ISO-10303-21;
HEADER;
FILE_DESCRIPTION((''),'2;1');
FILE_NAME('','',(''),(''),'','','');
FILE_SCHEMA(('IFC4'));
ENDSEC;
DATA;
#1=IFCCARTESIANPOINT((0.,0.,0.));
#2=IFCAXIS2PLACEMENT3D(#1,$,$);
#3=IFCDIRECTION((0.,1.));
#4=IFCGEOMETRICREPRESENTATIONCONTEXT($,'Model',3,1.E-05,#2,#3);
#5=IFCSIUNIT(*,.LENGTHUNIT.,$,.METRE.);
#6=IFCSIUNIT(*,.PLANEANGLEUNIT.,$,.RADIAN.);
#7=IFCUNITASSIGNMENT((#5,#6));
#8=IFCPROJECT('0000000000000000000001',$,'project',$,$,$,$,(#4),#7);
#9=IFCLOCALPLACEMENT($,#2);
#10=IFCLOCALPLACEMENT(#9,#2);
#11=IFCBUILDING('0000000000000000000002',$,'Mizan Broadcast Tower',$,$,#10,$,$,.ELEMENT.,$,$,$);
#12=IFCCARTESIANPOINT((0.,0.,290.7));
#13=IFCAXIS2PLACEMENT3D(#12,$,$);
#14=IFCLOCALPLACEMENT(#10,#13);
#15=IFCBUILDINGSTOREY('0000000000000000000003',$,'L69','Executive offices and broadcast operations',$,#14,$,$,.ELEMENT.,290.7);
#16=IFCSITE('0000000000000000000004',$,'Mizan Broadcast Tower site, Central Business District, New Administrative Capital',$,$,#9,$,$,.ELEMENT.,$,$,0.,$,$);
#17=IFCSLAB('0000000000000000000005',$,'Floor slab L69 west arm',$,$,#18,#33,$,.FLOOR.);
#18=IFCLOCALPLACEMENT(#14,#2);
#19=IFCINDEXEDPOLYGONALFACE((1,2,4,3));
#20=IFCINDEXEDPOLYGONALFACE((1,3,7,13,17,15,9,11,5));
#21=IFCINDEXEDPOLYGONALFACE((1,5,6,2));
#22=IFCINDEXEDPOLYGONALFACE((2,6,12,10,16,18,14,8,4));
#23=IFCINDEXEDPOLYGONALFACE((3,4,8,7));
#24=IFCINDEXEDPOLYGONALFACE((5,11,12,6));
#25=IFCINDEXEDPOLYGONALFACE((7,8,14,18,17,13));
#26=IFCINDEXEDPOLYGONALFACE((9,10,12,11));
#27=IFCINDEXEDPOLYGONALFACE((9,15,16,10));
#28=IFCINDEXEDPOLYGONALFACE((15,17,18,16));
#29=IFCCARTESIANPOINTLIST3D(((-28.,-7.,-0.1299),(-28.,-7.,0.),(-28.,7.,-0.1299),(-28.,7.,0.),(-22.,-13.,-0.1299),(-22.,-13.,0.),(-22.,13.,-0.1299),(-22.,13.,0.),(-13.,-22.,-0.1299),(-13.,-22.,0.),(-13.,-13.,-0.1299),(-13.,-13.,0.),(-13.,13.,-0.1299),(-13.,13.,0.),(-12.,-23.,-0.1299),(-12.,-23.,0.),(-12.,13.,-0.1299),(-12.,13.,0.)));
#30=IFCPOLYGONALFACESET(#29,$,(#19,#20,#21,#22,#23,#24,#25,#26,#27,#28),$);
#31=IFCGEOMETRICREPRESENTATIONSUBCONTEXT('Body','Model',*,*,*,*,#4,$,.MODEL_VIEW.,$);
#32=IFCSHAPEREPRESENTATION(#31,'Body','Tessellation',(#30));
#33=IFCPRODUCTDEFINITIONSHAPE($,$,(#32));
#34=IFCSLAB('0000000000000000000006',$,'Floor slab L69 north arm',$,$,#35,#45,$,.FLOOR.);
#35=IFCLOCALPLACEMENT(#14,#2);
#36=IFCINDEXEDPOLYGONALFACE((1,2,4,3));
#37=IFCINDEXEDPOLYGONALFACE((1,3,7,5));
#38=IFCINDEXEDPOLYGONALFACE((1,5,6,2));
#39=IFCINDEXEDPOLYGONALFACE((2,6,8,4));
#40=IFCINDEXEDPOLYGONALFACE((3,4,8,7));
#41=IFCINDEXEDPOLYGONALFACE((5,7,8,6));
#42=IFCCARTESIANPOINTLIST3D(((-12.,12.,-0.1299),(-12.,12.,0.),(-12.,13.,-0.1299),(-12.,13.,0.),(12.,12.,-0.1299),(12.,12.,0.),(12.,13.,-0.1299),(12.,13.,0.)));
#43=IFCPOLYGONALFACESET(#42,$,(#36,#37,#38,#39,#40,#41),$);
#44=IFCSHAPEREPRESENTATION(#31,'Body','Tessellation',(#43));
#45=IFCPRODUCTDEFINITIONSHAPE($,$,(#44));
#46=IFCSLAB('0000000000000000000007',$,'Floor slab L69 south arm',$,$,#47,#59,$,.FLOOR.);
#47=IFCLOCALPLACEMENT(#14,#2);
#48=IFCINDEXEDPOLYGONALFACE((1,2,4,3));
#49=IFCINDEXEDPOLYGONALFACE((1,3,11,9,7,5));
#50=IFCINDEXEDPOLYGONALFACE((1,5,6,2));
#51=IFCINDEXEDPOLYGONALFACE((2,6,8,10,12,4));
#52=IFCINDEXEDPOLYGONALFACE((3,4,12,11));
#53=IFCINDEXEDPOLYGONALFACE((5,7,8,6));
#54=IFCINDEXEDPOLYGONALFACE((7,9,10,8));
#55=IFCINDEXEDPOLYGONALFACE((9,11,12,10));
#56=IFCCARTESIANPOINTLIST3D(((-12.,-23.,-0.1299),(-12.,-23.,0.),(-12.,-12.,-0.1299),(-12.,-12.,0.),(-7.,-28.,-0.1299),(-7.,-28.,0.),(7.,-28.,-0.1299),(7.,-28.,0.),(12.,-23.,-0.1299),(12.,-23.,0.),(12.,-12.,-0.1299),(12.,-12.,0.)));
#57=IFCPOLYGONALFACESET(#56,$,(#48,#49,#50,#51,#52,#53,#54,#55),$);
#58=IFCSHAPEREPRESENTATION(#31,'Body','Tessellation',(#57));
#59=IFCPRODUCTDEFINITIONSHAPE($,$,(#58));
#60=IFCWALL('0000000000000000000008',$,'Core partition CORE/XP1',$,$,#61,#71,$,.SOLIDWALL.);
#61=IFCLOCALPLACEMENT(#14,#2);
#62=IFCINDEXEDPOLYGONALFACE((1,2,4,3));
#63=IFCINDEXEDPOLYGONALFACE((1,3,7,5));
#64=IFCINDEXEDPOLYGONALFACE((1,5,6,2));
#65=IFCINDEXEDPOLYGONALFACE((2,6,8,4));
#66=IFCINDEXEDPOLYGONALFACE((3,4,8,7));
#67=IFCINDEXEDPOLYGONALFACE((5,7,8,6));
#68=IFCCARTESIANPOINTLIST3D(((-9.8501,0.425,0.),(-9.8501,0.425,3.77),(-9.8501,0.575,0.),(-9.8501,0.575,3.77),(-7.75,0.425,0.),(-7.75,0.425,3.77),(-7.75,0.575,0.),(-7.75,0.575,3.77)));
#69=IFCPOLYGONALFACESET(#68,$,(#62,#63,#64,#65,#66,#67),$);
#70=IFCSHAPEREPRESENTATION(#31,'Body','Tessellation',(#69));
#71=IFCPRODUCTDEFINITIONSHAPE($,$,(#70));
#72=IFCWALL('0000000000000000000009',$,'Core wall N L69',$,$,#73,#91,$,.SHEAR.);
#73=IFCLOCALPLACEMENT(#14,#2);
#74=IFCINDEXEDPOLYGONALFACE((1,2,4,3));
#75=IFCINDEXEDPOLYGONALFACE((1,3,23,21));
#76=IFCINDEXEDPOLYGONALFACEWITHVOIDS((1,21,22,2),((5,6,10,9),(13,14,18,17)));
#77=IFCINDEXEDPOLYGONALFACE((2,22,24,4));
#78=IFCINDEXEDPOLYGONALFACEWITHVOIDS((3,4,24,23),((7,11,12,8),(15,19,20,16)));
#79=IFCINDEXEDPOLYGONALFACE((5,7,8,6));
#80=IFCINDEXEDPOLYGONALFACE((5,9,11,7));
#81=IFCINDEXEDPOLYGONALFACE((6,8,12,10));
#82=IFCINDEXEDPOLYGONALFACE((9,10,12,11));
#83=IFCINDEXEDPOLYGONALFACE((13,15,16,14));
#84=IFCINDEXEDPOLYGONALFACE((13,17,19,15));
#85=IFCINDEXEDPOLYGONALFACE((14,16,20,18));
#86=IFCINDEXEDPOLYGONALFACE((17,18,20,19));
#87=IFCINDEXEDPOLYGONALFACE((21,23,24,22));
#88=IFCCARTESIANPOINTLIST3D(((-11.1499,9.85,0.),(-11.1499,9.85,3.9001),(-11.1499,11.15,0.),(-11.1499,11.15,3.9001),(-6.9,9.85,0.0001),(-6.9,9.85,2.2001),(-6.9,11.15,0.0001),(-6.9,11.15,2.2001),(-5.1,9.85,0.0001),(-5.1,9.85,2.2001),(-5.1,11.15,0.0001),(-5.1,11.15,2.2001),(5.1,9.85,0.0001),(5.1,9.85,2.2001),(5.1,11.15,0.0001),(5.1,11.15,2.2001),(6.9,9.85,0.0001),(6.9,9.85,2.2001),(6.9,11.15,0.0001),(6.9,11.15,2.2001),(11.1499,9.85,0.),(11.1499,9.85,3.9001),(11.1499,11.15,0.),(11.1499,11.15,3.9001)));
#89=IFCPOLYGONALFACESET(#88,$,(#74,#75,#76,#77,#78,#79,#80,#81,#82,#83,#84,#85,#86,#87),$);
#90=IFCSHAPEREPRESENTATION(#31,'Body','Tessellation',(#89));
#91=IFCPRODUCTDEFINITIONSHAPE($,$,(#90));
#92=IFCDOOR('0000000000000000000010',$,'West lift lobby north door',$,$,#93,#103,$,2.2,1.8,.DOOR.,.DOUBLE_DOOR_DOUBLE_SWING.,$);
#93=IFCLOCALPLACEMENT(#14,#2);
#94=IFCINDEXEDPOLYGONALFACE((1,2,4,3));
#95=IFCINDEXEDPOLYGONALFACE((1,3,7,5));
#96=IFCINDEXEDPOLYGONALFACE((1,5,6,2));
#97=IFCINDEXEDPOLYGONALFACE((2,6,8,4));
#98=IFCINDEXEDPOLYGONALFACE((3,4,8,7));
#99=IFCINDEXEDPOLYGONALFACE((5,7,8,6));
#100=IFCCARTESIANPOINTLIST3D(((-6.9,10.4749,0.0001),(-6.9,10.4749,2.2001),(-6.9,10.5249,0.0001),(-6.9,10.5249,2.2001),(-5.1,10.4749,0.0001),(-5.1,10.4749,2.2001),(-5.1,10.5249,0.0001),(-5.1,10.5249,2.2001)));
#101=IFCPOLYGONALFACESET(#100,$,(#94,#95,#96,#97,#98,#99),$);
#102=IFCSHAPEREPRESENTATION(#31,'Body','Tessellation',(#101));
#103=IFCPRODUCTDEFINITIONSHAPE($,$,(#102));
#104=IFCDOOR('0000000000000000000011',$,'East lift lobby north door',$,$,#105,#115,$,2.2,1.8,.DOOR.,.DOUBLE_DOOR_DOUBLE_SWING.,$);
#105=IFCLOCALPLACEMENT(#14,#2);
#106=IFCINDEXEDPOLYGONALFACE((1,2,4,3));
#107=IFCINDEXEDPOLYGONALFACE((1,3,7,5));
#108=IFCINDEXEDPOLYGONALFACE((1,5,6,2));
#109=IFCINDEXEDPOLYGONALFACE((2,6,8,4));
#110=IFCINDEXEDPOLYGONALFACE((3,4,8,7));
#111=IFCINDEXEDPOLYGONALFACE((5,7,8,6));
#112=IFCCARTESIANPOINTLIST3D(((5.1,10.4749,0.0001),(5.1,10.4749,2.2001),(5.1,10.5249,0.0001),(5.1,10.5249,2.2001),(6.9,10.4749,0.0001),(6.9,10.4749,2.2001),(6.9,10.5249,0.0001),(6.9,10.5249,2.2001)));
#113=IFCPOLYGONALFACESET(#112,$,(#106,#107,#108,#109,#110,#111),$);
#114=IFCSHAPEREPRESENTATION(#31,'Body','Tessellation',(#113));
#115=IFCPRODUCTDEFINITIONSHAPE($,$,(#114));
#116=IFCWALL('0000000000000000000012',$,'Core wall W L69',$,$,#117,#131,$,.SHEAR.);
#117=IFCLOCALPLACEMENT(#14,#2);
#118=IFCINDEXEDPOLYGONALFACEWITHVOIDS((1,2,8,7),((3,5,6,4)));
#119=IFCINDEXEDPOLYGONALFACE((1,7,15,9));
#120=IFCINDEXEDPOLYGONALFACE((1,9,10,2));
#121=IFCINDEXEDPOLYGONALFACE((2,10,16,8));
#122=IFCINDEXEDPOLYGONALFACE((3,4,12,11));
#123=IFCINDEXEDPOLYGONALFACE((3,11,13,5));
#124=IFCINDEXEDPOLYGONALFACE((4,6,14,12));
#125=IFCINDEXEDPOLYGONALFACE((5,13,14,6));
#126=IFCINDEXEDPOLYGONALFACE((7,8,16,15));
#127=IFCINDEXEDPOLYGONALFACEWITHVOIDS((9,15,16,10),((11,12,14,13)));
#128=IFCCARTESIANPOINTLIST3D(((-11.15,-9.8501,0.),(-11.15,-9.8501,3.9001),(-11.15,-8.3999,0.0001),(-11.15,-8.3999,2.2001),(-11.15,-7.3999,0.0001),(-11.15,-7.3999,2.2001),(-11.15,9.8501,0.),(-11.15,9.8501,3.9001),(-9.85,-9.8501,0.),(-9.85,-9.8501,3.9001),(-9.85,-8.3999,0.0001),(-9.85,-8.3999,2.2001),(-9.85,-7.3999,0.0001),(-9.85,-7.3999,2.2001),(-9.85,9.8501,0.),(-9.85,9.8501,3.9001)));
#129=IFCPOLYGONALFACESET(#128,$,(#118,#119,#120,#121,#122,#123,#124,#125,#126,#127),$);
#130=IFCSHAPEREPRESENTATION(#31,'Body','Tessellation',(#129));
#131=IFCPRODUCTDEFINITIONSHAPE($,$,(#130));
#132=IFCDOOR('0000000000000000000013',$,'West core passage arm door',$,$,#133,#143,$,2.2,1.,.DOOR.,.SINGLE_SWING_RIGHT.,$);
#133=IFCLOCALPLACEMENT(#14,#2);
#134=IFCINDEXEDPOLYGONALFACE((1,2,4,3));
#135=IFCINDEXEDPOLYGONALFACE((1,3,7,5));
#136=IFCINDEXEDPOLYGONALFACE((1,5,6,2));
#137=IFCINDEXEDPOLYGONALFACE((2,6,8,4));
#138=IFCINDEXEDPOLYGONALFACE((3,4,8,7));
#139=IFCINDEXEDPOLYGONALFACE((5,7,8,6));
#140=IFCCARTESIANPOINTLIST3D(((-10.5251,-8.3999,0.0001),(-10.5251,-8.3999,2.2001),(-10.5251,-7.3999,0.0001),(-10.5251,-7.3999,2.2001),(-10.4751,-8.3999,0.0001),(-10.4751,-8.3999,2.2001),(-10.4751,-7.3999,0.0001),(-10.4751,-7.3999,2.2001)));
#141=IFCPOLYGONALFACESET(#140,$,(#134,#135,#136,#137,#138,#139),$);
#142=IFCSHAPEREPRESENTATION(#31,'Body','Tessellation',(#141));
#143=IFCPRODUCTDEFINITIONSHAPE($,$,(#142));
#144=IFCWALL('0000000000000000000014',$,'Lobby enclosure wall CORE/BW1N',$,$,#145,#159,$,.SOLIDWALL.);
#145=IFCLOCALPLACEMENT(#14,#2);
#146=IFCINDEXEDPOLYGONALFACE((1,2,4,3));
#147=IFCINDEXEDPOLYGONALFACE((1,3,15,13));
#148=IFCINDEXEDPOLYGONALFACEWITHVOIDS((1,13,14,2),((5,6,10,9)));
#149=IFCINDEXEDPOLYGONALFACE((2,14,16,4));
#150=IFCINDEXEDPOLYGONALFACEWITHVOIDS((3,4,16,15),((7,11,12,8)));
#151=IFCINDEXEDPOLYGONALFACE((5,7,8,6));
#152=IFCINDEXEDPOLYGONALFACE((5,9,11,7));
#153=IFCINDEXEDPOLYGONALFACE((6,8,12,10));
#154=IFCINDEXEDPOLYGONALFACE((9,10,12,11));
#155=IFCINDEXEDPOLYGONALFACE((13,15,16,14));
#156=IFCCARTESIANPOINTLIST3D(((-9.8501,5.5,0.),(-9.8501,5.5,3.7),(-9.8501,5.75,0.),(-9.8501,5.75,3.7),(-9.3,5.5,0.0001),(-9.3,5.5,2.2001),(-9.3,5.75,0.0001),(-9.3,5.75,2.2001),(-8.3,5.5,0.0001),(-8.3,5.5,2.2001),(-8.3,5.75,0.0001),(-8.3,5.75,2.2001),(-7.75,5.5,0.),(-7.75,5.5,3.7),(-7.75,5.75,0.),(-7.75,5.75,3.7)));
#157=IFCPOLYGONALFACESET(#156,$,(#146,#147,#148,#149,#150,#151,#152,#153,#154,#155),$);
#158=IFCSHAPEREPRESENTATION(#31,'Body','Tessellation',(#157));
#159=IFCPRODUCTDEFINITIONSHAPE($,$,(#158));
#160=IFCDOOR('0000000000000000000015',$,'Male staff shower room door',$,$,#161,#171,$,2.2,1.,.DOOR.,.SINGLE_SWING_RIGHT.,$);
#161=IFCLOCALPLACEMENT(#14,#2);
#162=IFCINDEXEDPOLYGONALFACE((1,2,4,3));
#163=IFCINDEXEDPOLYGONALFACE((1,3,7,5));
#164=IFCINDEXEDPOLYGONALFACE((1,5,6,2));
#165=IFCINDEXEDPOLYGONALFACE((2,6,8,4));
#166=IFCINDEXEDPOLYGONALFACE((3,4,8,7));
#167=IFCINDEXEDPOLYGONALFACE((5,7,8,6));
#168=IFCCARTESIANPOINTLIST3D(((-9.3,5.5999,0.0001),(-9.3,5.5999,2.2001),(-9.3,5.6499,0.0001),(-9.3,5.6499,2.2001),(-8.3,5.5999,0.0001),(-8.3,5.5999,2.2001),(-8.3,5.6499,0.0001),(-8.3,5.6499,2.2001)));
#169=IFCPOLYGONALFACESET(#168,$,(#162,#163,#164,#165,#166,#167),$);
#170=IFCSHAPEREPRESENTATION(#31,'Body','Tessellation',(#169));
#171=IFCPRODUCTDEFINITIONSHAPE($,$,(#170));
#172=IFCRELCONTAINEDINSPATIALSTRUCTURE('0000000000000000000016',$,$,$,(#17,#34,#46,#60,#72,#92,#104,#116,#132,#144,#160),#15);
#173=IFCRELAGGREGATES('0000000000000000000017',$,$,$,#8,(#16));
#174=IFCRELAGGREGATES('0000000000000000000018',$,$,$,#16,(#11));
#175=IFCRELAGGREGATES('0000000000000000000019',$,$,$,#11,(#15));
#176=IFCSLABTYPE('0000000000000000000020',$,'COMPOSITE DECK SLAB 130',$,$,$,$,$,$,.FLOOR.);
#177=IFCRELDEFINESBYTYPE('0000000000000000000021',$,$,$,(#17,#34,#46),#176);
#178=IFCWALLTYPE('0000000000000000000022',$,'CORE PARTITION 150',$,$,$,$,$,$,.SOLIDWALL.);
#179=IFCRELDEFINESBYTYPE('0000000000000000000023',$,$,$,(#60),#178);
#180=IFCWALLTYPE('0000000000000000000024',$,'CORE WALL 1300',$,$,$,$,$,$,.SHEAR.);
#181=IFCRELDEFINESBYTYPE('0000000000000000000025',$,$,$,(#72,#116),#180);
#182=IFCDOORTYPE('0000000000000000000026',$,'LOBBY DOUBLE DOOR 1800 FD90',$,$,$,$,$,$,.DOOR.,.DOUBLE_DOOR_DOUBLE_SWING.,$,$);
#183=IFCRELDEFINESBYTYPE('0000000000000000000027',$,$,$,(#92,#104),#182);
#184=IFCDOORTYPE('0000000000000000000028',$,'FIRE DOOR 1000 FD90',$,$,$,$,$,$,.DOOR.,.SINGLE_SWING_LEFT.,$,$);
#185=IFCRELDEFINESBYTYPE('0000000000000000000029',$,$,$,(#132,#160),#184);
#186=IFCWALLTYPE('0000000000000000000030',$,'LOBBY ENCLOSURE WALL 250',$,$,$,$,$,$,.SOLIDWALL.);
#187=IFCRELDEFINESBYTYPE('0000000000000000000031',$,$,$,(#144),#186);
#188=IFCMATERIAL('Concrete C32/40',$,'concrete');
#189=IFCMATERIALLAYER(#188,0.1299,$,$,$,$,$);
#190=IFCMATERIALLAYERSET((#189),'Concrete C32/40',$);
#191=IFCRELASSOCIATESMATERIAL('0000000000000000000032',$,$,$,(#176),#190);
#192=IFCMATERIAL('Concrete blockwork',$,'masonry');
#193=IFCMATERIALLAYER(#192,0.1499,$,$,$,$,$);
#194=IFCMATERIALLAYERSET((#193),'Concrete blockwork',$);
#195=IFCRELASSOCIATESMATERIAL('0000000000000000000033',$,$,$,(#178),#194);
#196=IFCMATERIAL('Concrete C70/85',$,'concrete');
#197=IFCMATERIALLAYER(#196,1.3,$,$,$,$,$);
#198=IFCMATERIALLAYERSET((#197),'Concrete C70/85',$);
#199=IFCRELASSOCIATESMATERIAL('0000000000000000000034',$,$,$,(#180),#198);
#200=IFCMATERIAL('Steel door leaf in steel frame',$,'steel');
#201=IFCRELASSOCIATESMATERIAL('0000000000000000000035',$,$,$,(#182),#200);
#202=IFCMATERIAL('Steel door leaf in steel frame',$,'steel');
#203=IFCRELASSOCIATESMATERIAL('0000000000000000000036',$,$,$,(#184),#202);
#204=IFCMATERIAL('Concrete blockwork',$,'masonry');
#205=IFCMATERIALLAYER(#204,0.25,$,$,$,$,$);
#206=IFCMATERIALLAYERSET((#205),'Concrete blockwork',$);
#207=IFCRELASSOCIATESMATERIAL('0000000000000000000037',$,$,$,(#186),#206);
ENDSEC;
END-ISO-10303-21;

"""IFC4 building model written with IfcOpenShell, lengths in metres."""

from ifc_helpers import new_model, si_unit, direction, frame, frame_2d, origin, place, context, subcontext, project, spatial, polyline, rectangle, outline, extrude, material, layer, layer_set, type_object, element, fill, save


model = new_model("IFC4")

# Units and contexts
model_context = context("Model", 3, precision=1e-05, world=origin(), true_north=direction((0.0, 1.0)))
body_context = subcontext(model_context, "Body", "Model", "MODEL_VIEW")
ifc_project = project(units=[si_unit("LENGTHUNIT", "METRE"), si_unit("PLANEANGLEUNIT", "RADIAN")], contexts=[model_context])

# Site, building, storey
site_placement = place(None, origin())
site = spatial("IfcSite", under=ifc_project, at=site_placement, Name="Mizan Broadcast Tower site, Central Business District, New Administrative Capital", CompositionType="ELEMENT", RefElevation=0.0)
building_placement = place(site_placement, origin())
building = spatial("IfcBuilding", under=site, at=building_placement, Name="Mizan Broadcast Tower", CompositionType="ELEMENT")
storey_placement = place(building_placement, frame((0.0, 0.0, 290.7)))
storey = spatial("IfcBuildingStorey", under=building, at=storey_placement, Name="L69", Description="Executive offices and broadcast operations", CompositionType="ELEMENT", Elevation=290.7)

# Slabs
ifc_material_1 = material(Name="Concrete C32/40", Category="concrete")
ifc_layer_1 = layer(ifc_material_1, 0.1299)
ifc_layer_set_1 = layer_set([ifc_layer_1], Name="Concrete C32/40")
slab_type = type_object("IfcSlabType", Name="COMPOSITE DECK SLAB 130", PredefinedType="FLOOR", material=ifc_layer_set_1)
slab_1_placement = place(storey_placement, frame((0.0, 0.0, -0.1299)))
element("IfcSlab", 1, at=slab_1_placement, inside=storey, type_object=slab_type, Name="Floor slab L69 west arm", PredefinedType="FLOOR", context=body_context, shape_type="SweptSolid", body=[
    extrude(outline(polyline([(-13.0, -22.0), (-12.0, -23.0), (-12.0, 13.0), (-13.0, 13.0), (-22.0, 13.0), (-28.0, 7.0), (-28.0, -7.0), (-22.0, -13.0), (-13.0, -13.0), (-13.0, -22.0)])), origin(), (0.0, 0.0, 1.0), 0.1299),
])
slab_2_placement = place(storey_placement, frame((0.0, 0.0, -0.1299)))
element("IfcSlab", 2, at=slab_2_placement, inside=storey, type_object=slab_type, Name="Floor slab L69 north arm", PredefinedType="FLOOR", context=body_context, shape_type="SweptSolid", body=[
    extrude(outline(polyline([(12.0, 13.0), (-12.0, 13.0), (-12.0, 12.0), (12.0, 12.0), (12.0, 13.0)])), origin(), (0.0, 0.0, 1.0), 0.1299),
])
slab_3_placement = place(storey_placement, frame((0.0, 0.0, -0.1299)))
element("IfcSlab", 3, at=slab_3_placement, inside=storey, type_object=slab_type, Name="Floor slab L69 south arm", PredefinedType="FLOOR", context=body_context, shape_type="SweptSolid", body=[
    extrude(outline(polyline([(7.0, -28.0), (12.0, -23.0), (12.0, -12.0), (-12.0, -12.0), (-12.0, -23.0), (-7.0, -28.0), (7.0, -28.0)])), origin(), (0.0, 0.0, 1.0), 0.1299),
])

# Wall
ifc_material_2 = material(Name="Concrete blockwork", Category="masonry")
ifc_layer_2 = layer(ifc_material_2, 0.1499)
ifc_layer_set_2 = layer_set([ifc_layer_2], Name="Concrete blockwork")
wall_type_1 = type_object("IfcWallType", Name="CORE PARTITION 150", PredefinedType="SOLIDWALL", material=ifc_layer_set_2)
wall_1_placement = place(storey_placement, frame((-9.8501, 0.5, 0.0), z_axis=(0.0, 0.0, 1.0), x_axis=(1.0, 0.0, 0.0)))
element("IfcWall", 4, at=wall_1_placement, inside=storey, type_object=wall_type_1, Name="Core partition CORE/XP1", PredefinedType="SOLIDWALL", context=body_context, shape_type="SweptSolid", body=[
    extrude(rectangle(XDim=2.1001, YDim=0.1499, at=frame_2d((1.05, 0.0))), origin(), (0.0, 0.0, 1.0), 3.77),
])

# Wall, openings, doors
ifc_material_3 = material(Name="Concrete C70/85", Category="concrete")
ifc_layer_3 = layer(ifc_material_3, 1.3)
ifc_layer_set_3 = layer_set([ifc_layer_3], Name="Concrete C70/85")
wall_type_2 = type_object("IfcWallType", Name="CORE WALL 1300", PredefinedType="SHEAR", material=ifc_layer_set_3)
wall_2_placement = place(storey_placement, frame((-11.1499, 10.5, 0.0), z_axis=(0.0, 0.0, 1.0), x_axis=(1.0, 0.0, 0.0)))
wall_2 = element("IfcWall", 5, at=wall_2_placement, inside=storey, type_object=wall_type_2, Name="Core wall N L69", PredefinedType="SHEAR", context=body_context, shape_type="SweptSolid", body=[
    extrude(rectangle(XDim=22.2998, YDim=1.3, at=frame_2d((11.1499, 0.0))), origin(), (0.0, 0.0, 1.0), 3.9001),
])
opening_1_placement = place(wall_2_placement, frame((4.25, 0.0, 0.0)))
opening_1 = element("IfcOpeningElement", 6, at=opening_1_placement, cuts=wall_2, PredefinedType="OPENING", context=body_context, shape_type="SweptSolid", body=[
    extrude(rectangle(XDim=1.8, YDim=2.2, at=frame_2d((0.8999, 1.1001))), frame((0.0, 0.6599, 0.0), z_axis=(0.0, -1.0, 0.0), x_axis=(1.0, 0.0, 0.0)), (0.0, 0.0, 1.0), 1.3201),
])
opening_2_placement = place(wall_2_placement, frame((16.25, 0.0, 0.0)))
opening_2 = element("IfcOpeningElement", 7, at=opening_2_placement, cuts=wall_2, PredefinedType="OPENING", context=body_context, shape_type="SweptSolid", body=[
    extrude(rectangle(XDim=1.8, YDim=2.2, at=frame_2d((0.8999, 1.1001))), frame((0.0, 0.6599, 0.0), z_axis=(0.0, -1.0, 0.0), x_axis=(1.0, 0.0, 0.0)), (0.0, 0.0, 1.0), 1.3201),
])
ifc_material_4 = material(Name="Steel door leaf in steel frame", Category="steel")
door_type_1 = type_object("IfcDoorType", Name="LOBBY DOUBLE DOOR 1800 FD90", OperationType="DOUBLE_DOOR_DOUBLE_SWING", PredefinedType="DOOR", material=ifc_material_4)
door_1_placement = place(opening_1_placement, origin())
door_1 = element("IfcDoor", 8, at=door_1_placement, inside=storey, type_object=door_type_1, Name="West lift lobby north door", OperationType="DOUBLE_DOOR_DOUBLE_SWING", OverallHeight=2.2, OverallWidth=1.8, PredefinedType="DOOR", context=body_context, shape_type="SweptSolid", body=[
    extrude(rectangle(XDim=1.8, YDim=2.2, at=frame_2d((0.8999, 1.1001))), frame((0.0, 0.0249, 0.0), z_axis=(0.0, -1.0, 0.0), x_axis=(1.0, 0.0, 0.0)), (0.0, 0.0, 1.0), 0.05),
])
fill(opening_1, door_1)
door_2_placement = place(opening_2_placement, origin())
door_2 = element("IfcDoor", 9, at=door_2_placement, inside=storey, type_object=door_type_1, Name="East lift lobby north door", OperationType="DOUBLE_DOOR_DOUBLE_SWING", OverallHeight=2.2, OverallWidth=1.8, PredefinedType="DOOR", context=body_context, shape_type="SweptSolid", body=[
    extrude(rectangle(XDim=1.8, YDim=2.2, at=frame_2d((0.8999, 1.1001))), frame((0.0, 0.0249, 0.0), z_axis=(0.0, -1.0, 0.0), x_axis=(1.0, 0.0, 0.0)), (0.0, 0.0, 1.0), 0.05),
])
fill(opening_2, door_2)

# Walls, openings, doors
wall_3_placement = place(storey_placement, frame((-10.5, 9.8501, 0.0), z_axis=(0.0, 0.0, 1.0), x_axis=(0.0, -1.0, 0.0)))
wall_3 = element("IfcWall", 10, at=wall_3_placement, inside=storey, type_object=wall_type_2, Name="Core wall W L69", PredefinedType="SHEAR", context=body_context, shape_type="SweptSolid", body=[
    extrude(rectangle(XDim=19.7002, YDim=1.3, at=frame_2d((9.8501, 0.0))), origin(), (0.0, 0.0, 1.0), 3.9001),
])
opening_3_placement = place(wall_3_placement, frame((17.25, 0.0, 0.0)))
opening_3 = element("IfcOpeningElement", 11, at=opening_3_placement, cuts=wall_3, PredefinedType="OPENING", context=body_context, shape_type="SweptSolid", body=[
    extrude(rectangle(XDim=1.0, YDim=2.2, at=frame_2d((0.5, 1.1001))), frame((0.0, 0.6599, 0.0), z_axis=(0.0, -1.0, 0.0), x_axis=(1.0, 0.0, 0.0)), (0.0, 0.0, 1.0), 1.3201),
])
ifc_material_5 = material(Name="Steel door leaf in steel frame", Category="steel")
door_type_2 = type_object("IfcDoorType", Name="FIRE DOOR 1000 FD90", OperationType="SINGLE_SWING_LEFT", PredefinedType="DOOR", material=ifc_material_5)
door_3_placement = place(opening_3_placement, origin())
door_3 = element("IfcDoor", 12, at=door_3_placement, inside=storey, type_object=door_type_2, Name="West core passage arm door", OperationType="SINGLE_SWING_RIGHT", OverallHeight=2.2, OverallWidth=1.0, PredefinedType="DOOR", context=body_context, shape_type="SweptSolid", body=[
    extrude(rectangle(XDim=1.0, YDim=2.2, at=frame_2d((0.5, 1.1001))), frame((0.0, 0.0249, 0.0), z_axis=(0.0, -1.0, 0.0), x_axis=(1.0, 0.0, 0.0)), (0.0, 0.0, 1.0), 0.05),
])
fill(opening_3, door_3)
ifc_material_6 = material(Name="Concrete blockwork", Category="masonry")
ifc_layer_4 = layer(ifc_material_6, 0.25)
ifc_layer_set_4 = layer_set([ifc_layer_4], Name="Concrete blockwork")
wall_type_3 = type_object("IfcWallType", Name="LOBBY ENCLOSURE WALL 250", PredefinedType="SOLIDWALL", material=ifc_layer_set_4)
wall_4_placement = place(storey_placement, frame((-9.8501, 5.625, 0.0), z_axis=(0.0, 0.0, 1.0), x_axis=(1.0, 0.0, 0.0)))
wall_4 = element("IfcWall", 13, at=wall_4_placement, inside=storey, type_object=wall_type_3, Name="Lobby enclosure wall CORE/BW1N", PredefinedType="SOLIDWALL", context=body_context, shape_type="SweptSolid", body=[
    extrude(rectangle(XDim=2.1001, YDim=0.25, at=frame_2d((1.05, 0.0))), origin(), (0.0, 0.0, 1.0), 3.7),
])
opening_4_placement = place(wall_4_placement, frame((0.55, 0.0, 0.0)))
opening_4 = element("IfcOpeningElement", 14, at=opening_4_placement, cuts=wall_4, PredefinedType="OPENING", context=body_context, shape_type="SweptSolid", body=[
    extrude(rectangle(XDim=1.0, YDim=2.2, at=frame_2d((0.5, 1.1001))), frame((0.0, 0.135, 0.0), z_axis=(0.0, -1.0, 0.0), x_axis=(1.0, 0.0, 0.0)), (0.0, 0.0, 1.0), 0.27),
])
door_4_placement = place(opening_4_placement, origin())
door_4 = element("IfcDoor", 15, at=door_4_placement, inside=storey, type_object=door_type_2, Name="Male staff shower room door", OperationType="SINGLE_SWING_RIGHT", OverallHeight=2.2, OverallWidth=1.0, PredefinedType="DOOR", context=body_context, shape_type="SweptSolid", body=[
    extrude(rectangle(XDim=1.0, YDim=2.2, at=frame_2d((0.5, 1.1001))), frame((0.0, 0.0249, 0.0), z_axis=(0.0, -1.0, 0.0), x_axis=(1.0, 0.0, 0.0)), (0.0, 0.0, 1.0), 0.05),
])
fill(opening_4, door_4)

save(model, "model.ifc")
